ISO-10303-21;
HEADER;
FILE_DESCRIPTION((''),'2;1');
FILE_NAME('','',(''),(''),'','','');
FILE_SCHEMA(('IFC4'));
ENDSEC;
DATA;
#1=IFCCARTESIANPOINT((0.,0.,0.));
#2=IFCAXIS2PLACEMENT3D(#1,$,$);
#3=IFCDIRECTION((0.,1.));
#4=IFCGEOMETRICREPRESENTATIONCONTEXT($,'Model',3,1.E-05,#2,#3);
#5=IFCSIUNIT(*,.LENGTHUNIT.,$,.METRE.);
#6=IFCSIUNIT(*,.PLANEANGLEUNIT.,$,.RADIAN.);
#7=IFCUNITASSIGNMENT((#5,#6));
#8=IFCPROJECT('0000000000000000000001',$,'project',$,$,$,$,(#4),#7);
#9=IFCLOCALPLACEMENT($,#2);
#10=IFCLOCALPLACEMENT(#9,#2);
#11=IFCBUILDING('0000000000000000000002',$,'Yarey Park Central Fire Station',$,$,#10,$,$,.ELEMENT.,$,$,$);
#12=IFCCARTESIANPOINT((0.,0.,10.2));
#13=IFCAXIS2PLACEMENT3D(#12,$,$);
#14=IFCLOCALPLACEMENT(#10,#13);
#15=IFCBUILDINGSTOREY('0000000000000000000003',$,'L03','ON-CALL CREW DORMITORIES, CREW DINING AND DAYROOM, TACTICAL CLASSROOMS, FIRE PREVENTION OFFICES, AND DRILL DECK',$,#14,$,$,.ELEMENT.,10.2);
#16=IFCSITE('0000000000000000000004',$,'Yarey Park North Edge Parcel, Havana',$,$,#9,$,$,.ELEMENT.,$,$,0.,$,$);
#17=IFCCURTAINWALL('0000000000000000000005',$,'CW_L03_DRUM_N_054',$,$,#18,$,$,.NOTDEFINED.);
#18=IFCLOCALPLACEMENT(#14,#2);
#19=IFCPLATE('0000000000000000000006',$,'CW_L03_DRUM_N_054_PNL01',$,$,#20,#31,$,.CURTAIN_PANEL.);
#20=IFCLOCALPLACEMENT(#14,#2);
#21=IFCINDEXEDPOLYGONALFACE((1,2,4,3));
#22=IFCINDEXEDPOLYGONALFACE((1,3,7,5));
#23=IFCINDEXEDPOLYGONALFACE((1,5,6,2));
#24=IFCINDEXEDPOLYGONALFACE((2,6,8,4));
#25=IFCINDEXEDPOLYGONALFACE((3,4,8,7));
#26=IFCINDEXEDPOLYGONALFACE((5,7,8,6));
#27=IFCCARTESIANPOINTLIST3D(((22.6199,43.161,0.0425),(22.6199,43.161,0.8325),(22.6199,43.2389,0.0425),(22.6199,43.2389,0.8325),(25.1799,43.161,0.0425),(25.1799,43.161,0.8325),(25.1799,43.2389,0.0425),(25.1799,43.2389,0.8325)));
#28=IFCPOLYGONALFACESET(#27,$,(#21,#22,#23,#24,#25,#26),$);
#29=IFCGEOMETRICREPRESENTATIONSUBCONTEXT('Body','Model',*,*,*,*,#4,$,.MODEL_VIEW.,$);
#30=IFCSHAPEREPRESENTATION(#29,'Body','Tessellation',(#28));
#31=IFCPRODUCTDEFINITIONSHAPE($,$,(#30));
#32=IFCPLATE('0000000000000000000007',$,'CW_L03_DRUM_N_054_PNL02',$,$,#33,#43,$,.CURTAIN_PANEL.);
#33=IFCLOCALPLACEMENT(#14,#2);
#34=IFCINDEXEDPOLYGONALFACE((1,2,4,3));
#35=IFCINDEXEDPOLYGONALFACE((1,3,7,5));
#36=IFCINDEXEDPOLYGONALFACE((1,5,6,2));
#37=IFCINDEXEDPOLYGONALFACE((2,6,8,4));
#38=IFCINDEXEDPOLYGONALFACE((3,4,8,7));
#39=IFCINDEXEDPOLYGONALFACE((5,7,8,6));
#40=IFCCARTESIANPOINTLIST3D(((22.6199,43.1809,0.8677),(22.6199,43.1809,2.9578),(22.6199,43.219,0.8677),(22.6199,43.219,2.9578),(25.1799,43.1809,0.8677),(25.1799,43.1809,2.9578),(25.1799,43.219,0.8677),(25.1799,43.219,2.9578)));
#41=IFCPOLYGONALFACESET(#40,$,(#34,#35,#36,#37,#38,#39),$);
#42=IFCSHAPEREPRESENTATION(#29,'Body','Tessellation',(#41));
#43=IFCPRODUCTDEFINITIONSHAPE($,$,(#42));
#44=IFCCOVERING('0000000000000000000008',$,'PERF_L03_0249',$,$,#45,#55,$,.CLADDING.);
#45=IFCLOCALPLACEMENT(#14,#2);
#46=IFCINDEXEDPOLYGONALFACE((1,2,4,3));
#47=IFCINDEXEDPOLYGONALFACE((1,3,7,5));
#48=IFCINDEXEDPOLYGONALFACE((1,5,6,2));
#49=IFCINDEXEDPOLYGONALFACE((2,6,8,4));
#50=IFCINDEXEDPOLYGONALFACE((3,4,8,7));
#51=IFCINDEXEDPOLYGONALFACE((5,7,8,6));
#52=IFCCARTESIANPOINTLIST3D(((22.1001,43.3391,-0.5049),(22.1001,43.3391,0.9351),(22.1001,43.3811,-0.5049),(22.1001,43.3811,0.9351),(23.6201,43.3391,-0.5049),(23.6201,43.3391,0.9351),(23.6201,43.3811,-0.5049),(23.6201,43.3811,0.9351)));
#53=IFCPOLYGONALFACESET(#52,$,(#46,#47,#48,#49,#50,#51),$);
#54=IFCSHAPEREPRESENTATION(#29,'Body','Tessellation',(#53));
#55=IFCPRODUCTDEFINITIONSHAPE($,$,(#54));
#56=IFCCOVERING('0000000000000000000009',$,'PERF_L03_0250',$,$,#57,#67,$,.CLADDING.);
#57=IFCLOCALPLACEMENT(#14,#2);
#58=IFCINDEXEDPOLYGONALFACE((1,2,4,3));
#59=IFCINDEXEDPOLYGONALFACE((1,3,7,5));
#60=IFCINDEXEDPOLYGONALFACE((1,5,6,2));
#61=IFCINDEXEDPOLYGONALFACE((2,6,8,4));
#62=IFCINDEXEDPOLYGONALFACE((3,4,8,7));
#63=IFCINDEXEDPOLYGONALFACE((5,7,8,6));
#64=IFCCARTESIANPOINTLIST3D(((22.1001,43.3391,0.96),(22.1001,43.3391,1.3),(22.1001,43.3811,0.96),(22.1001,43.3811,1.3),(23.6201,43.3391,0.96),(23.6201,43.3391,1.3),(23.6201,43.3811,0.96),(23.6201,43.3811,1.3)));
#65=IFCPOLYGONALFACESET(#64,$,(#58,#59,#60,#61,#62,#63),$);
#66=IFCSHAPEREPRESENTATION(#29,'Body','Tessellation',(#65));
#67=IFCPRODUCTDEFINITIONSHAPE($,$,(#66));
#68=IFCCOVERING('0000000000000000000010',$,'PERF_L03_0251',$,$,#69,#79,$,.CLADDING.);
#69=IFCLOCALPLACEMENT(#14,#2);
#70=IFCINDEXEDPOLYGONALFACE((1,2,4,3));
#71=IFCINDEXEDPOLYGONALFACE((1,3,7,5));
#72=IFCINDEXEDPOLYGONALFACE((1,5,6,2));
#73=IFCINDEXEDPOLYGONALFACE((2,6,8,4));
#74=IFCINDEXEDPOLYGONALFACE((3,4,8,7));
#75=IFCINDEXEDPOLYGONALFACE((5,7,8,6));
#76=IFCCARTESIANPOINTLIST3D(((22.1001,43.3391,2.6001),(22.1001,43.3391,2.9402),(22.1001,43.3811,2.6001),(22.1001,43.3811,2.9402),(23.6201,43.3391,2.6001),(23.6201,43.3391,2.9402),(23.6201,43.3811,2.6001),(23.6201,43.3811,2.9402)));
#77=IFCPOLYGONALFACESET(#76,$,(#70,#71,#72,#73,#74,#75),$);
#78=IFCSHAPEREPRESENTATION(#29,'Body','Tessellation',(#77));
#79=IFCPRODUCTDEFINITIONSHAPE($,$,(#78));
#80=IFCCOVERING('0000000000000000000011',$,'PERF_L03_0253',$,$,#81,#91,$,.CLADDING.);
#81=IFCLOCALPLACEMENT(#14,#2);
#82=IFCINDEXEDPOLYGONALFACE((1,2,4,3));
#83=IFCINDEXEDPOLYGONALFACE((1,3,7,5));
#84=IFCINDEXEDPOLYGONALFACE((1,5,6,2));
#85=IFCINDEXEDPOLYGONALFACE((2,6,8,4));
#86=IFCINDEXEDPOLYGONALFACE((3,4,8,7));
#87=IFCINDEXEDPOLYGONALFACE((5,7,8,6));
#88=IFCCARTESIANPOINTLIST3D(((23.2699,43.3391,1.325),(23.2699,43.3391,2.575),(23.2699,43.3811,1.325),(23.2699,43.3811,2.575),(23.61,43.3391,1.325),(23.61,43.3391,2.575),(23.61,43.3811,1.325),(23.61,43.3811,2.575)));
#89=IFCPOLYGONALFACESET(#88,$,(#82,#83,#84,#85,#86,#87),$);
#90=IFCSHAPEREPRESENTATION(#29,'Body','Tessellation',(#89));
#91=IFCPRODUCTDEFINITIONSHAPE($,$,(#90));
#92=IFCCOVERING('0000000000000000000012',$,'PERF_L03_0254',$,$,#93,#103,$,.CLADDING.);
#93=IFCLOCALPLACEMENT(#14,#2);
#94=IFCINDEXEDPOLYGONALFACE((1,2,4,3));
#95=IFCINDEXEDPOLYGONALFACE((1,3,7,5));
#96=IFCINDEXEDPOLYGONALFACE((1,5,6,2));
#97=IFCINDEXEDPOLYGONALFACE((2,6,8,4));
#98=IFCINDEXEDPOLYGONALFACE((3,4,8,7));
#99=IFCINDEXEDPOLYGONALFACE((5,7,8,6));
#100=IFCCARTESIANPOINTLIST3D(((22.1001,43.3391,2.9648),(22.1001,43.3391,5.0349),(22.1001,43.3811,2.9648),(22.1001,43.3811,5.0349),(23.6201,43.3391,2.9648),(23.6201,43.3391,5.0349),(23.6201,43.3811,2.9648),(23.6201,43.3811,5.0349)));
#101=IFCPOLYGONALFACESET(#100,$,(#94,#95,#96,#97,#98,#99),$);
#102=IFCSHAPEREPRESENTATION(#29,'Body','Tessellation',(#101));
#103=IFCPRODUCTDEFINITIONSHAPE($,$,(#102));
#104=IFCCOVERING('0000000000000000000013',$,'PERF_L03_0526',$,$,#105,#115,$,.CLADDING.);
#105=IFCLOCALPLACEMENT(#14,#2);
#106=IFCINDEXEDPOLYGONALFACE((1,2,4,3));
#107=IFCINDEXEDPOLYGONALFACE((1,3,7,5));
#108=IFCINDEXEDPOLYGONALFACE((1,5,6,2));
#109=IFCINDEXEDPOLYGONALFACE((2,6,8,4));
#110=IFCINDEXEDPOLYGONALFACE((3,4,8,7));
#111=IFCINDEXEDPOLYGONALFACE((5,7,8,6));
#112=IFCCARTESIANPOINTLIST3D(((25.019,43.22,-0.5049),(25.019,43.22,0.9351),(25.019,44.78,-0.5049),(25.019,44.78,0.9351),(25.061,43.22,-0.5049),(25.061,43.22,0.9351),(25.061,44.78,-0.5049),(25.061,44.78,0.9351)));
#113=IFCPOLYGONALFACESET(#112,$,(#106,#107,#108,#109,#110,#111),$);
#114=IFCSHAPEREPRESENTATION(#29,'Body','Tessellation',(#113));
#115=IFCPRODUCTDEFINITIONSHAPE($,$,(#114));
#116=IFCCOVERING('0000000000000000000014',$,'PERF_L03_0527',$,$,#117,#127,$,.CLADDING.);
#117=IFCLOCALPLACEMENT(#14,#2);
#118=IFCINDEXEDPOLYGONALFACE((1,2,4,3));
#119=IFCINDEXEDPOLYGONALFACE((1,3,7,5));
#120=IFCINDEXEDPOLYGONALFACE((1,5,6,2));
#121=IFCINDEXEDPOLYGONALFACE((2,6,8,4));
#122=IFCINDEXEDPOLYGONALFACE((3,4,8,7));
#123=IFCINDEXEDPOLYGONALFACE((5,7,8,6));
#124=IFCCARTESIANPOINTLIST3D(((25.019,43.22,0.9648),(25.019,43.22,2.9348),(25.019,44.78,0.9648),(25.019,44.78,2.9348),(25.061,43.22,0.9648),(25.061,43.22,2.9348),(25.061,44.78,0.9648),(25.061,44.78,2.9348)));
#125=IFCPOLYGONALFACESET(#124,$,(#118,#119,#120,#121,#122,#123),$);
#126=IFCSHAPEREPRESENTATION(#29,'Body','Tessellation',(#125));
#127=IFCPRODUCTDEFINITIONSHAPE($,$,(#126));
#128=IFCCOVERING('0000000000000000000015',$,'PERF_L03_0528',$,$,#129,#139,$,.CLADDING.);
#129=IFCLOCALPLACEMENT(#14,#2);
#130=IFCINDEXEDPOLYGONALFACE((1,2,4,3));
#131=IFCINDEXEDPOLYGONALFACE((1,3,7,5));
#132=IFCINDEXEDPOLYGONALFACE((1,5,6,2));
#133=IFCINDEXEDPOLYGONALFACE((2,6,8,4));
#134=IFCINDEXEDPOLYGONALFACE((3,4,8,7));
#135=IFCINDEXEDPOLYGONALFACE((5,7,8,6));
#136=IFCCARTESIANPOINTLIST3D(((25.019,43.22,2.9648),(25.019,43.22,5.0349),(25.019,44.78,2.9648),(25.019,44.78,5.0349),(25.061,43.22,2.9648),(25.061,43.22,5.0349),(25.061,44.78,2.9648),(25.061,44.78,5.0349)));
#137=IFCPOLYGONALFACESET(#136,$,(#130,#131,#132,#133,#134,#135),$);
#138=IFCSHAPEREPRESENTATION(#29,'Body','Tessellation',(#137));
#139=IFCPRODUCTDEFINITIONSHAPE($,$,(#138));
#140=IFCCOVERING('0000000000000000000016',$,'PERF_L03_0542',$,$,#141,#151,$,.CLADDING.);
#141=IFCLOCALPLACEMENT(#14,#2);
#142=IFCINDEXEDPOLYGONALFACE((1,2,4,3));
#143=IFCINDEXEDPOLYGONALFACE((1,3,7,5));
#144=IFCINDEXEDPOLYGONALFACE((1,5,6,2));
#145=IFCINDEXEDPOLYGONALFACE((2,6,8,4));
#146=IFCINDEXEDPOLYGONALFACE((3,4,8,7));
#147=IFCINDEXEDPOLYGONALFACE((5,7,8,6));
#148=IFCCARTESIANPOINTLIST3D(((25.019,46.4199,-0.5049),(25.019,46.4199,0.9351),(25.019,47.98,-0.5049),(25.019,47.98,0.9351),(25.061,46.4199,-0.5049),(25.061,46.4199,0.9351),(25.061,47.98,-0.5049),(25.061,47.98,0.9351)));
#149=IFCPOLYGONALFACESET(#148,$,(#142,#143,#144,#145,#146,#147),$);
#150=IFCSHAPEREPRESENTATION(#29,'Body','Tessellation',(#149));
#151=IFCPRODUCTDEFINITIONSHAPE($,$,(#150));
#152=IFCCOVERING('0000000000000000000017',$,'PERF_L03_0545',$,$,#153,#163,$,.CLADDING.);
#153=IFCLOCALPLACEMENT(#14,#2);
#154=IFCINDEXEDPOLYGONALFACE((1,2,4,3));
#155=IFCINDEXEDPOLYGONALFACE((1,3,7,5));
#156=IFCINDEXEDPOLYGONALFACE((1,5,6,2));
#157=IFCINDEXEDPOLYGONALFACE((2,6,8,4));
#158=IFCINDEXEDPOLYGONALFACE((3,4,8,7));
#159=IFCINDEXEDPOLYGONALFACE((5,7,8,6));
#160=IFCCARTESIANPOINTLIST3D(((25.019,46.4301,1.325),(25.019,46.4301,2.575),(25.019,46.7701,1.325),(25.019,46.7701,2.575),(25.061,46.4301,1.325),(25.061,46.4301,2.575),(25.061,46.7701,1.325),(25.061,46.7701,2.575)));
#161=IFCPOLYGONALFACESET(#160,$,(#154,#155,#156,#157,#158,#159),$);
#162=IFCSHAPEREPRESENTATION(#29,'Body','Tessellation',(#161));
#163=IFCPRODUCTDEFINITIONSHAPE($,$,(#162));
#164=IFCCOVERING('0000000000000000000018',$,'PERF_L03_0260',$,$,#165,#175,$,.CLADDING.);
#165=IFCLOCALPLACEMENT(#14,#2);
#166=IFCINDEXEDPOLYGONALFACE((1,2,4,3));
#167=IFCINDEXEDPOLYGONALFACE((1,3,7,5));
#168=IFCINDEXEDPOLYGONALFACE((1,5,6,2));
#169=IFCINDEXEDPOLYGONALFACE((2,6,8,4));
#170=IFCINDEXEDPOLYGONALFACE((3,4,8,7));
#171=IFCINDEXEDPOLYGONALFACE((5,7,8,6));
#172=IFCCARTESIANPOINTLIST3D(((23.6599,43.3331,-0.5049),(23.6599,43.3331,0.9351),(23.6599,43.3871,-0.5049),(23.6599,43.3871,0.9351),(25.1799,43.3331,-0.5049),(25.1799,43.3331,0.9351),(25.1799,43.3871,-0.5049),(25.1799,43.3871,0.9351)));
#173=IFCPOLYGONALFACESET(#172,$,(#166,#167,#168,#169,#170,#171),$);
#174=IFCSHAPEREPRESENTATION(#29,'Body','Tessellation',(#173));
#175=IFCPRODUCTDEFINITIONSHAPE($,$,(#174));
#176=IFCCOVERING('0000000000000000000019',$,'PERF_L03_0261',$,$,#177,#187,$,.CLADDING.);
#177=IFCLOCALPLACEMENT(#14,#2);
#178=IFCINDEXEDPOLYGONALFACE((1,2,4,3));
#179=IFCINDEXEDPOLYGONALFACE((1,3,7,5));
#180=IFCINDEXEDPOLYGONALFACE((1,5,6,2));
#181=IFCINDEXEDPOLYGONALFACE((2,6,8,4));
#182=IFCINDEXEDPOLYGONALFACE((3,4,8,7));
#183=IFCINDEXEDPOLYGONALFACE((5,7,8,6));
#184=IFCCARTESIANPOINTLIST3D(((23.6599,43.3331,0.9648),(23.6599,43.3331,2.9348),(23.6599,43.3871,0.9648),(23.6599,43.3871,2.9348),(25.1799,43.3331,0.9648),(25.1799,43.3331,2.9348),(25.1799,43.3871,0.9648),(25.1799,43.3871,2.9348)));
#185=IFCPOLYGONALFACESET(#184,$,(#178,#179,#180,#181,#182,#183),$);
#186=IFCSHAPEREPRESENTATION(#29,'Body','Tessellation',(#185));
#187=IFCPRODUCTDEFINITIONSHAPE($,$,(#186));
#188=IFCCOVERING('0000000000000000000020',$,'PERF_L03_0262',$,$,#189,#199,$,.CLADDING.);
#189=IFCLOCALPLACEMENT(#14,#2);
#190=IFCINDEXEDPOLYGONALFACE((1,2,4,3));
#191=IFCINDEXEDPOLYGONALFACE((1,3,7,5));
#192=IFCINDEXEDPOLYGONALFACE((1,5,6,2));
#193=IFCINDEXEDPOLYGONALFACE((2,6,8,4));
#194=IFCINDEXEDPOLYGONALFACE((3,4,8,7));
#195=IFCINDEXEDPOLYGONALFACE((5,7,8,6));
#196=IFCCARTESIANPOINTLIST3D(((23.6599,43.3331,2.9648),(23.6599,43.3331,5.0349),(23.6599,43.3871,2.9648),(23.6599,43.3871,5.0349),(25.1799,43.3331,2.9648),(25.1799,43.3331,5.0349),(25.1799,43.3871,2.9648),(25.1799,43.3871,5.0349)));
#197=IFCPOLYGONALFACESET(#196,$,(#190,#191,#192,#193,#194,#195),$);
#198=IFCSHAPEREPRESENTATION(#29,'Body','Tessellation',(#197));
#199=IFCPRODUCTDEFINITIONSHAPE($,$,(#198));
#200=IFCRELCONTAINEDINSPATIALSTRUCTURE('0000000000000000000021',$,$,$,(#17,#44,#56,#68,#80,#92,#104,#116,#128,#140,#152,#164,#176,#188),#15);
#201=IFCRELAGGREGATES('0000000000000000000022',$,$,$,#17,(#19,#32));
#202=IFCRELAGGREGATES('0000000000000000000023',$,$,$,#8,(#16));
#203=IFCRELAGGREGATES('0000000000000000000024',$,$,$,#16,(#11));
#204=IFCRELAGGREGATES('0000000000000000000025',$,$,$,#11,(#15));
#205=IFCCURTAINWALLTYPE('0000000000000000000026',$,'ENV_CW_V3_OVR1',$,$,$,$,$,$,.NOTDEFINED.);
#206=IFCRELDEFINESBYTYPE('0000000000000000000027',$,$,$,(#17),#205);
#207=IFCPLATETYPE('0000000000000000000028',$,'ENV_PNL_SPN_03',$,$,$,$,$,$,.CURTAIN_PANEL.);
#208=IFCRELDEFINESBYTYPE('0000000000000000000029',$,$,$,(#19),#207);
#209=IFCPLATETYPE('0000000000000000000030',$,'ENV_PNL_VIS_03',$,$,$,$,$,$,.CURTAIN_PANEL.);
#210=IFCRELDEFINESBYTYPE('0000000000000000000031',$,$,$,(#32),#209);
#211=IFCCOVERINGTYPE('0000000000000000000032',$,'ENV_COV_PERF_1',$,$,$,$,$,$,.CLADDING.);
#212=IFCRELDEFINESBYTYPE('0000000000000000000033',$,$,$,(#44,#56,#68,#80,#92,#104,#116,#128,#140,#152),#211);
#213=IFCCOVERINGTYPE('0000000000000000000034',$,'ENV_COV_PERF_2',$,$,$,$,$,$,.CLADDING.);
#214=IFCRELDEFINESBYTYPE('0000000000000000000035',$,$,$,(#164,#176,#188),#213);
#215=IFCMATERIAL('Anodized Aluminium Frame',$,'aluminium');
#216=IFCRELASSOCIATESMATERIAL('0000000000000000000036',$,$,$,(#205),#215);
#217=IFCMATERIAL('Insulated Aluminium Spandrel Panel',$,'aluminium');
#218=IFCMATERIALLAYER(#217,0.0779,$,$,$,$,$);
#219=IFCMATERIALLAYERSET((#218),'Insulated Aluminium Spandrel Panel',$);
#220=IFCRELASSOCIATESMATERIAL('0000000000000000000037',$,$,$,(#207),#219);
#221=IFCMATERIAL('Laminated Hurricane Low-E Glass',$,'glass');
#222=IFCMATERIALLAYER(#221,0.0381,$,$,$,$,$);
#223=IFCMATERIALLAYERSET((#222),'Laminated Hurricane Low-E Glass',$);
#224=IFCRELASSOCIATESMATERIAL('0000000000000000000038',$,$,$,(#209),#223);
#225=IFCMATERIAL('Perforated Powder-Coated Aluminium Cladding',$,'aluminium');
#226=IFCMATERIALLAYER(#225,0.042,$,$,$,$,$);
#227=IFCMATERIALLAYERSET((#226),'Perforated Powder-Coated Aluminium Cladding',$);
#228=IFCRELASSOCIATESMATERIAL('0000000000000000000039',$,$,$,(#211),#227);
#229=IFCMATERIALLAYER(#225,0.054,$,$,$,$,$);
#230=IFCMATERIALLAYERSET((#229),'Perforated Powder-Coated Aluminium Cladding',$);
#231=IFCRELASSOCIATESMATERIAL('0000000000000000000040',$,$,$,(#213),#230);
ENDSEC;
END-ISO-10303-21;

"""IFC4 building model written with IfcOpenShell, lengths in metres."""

from ifc_helpers import new_model, si_unit, direction, frame, origin, origin_2d, place, context, subcontext, project, spatial, rectangle, extrude, material, layer, layer_set, type_object, element, aggregate, save


model = new_model("IFC4")

# Units and contexts
model_context = context("Model", 3, precision=1e-05, world=origin(), true_north=direction((0.0, 1.0)))
body_context = subcontext(model_context, "Body", "Model", "MODEL_VIEW")
ifc_project = project(units=[si_unit("LENGTHUNIT", "METRE"), si_unit("PLANEANGLEUNIT", "RADIAN")], contexts=[model_context])

# Site, building, storey
site_placement = place(None, origin())
site = spatial("IfcSite", under=ifc_project, at=site_placement, Name="Yarey Park North Edge Parcel, Havana", CompositionType="ELEMENT", RefElevation=0.0)
building_placement = place(site_placement, origin())
building = spatial("IfcBuilding", under=site, at=building_placement, Name="Yarey Park Central Fire Station", CompositionType="ELEMENT")
storey_placement = place(building_placement, frame((0.0, 0.0, 10.2)))
storey = spatial("IfcBuildingStorey", under=building, at=storey_placement, Name="L03", Description="ON-CALL CREW DORMITORIES, CREW DINING AND DAYROOM, TACTICAL CLASSROOMS, FIRE PREVENTION OFFICES, AND DRILL DECK", CompositionType="ELEMENT", Elevation=10.2)

# Curtain wall, plates
ifc_material_1 = material(Name="Anodized Aluminium Frame", Category="aluminium")
curtain_wall_type = type_object("IfcCurtainWallType", Name="ENV_CW_V3_OVR1", PredefinedType="NOTDEFINED", material=ifc_material_1)
curtain_wall_placement = place(storey_placement, origin())
curtain_wall = element("IfcCurtainWall", 1, at=curtain_wall_placement, inside=storey, type_object=curtain_wall_type, Name="CW_L03_DRUM_N_054", PredefinedType="NOTDEFINED")
ifc_material_2 = material(Name="Insulated Aluminium Spandrel Panel", Category="aluminium")
ifc_layer_1 = layer(ifc_material_2, 0.0779)
ifc_layer_set_1 = layer_set([ifc_layer_1], Name="Insulated Aluminium Spandrel Panel")
plate_type_1 = type_object("IfcPlateType", Name="ENV_PNL_SPN_03", PredefinedType="CURTAIN_PANEL", material=ifc_layer_set_1)
plate_1_placement = place(storey_placement, frame((23.8999, 43.2, 0.0425), z_axis=(0.0, 0.0, 1.0), x_axis=(-1.0, 0.0, 0.0)))
plate_1 = element("IfcPlate", 2, at=plate_1_placement, type_object=plate_type_1, Name="CW_L03_DRUM_N_054_PNL01", PredefinedType="CURTAIN_PANEL", context=body_context, shape_type="SweptSolid", body=[
    extrude(rectangle(XDim=2.5601, YDim=0.0779, at=origin_2d()), origin(), (0.0, 0.0, 1.0), 0.79),
])
ifc_material_3 = material(Name="Laminated Hurricane Low-E Glass", Category="glass")
ifc_layer_2 = layer(ifc_material_3, 0.0381)
ifc_layer_set_2 = layer_set([ifc_layer_2], Name="Laminated Hurricane Low-E Glass")
plate_type_2 = type_object("IfcPlateType", Name="ENV_PNL_VIS_03", PredefinedType="CURTAIN_PANEL", material=ifc_layer_set_2)
plate_2_placement = place(storey_placement, frame((23.8999, 43.2, 0.8677), z_axis=(0.0, 0.0, 1.0), x_axis=(-1.0, 0.0, 0.0)))
plate_2 = element("IfcPlate", 3, at=plate_2_placement, type_object=plate_type_2, Name="CW_L03_DRUM_N_054_PNL02", PredefinedType="CURTAIN_PANEL", context=body_context, shape_type="SweptSolid", body=[
    extrude(rectangle(XDim=2.5601, YDim=0.0381, at=origin_2d()), origin(), (0.0, 0.0, 1.0), 2.0901),
])
aggregate(curtain_wall, [plate_1, plate_2])

# Coverings
ifc_material_4 = material(Name="Perforated Powder-Coated Aluminium Cladding", Category="aluminium")
ifc_layer_3 = layer(ifc_material_4, 0.042)
ifc_layer_set_3 = layer_set([ifc_layer_3], Name="Perforated Powder-Coated Aluminium Cladding")
covering_type_1 = type_object("IfcCoveringType", Name="ENV_COV_PERF_1", PredefinedType="CLADDING", material=ifc_layer_set_3)
covering_1_placement = place(storey_placement, frame((22.8601, 43.3601, -0.5049), z_axis=(0.0, 0.0, 1.0), x_axis=(1.0, 0.0, 0.0)))
element("IfcCovering", 4, at=covering_1_placement, inside=storey, type_object=covering_type_1, Name="PERF_L03_0249", PredefinedType="CLADDING", context=body_context, shape_type="SweptSolid", body=[
    extrude(rectangle(XDim=1.52, YDim=0.042, at=origin_2d()), origin(), (0.0, 0.0, 1.0), 1.4399),
])
for number, where, z_axis, x_axis, name in (
    (5, (22.8601, 43.3601, 0.96), (0.0, 0.0, 1.0), (1.0, 0.0, 0.0), "PERF_L03_0250"),
    (6, (22.8601, 43.3601, 2.6001), (0.0, 0.0, 1.0), (1.0, 0.0, 0.0), "PERF_L03_0251"),
):
    element("IfcCovering", number, at=place(storey_placement, frame(where, z_axis=z_axis, x_axis=x_axis)), inside=storey, type_object=covering_type_1, Name=name, PredefinedType="CLADDING", context=body_context, shape_type="SweptSolid", body=[
        extrude(rectangle(XDim=1.52, YDim=0.042, at=origin_2d()), origin(), (0.0, 0.0, 1.0), 0.3401),
    ])
covering_2_placement = place(storey_placement, frame((23.4399, 43.3601, 1.325), z_axis=(0.0, 0.0, 1.0), x_axis=(1.0, 0.0, 0.0)))
element("IfcCovering", 7, at=covering_2_placement, inside=storey, type_object=covering_type_1, Name="PERF_L03_0253", PredefinedType="CLADDING", context=body_context, shape_type="SweptSolid", body=[
    extrude(rectangle(XDim=0.3401, YDim=0.042, at=origin_2d()), origin(), (0.0, 0.0, 1.0), 1.25),
])
covering_3_placement = place(storey_placement, frame((22.8601, 43.3601, 2.9648), z_axis=(0.0, 0.0, 1.0), x_axis=(1.0, 0.0, 0.0)))
element("IfcCovering", 8, at=covering_3_placement, inside=storey, type_object=covering_type_1, Name="PERF_L03_0254", PredefinedType="CLADDING", context=body_context, shape_type="SweptSolid", body=[
    extrude(rectangle(XDim=1.52, YDim=0.042, at=origin_2d()), origin(), (0.0, 0.0, 1.0), 2.0701),
])
covering_4_placement = place(storey_placement, frame((25.04, 44.0, -0.5049), z_axis=(0.0, 0.0, 1.0), x_axis=(0.0, 1.0, 0.0)))
element("IfcCovering", 9, at=covering_4_placement, inside=storey, type_object=covering_type_1, Name="PERF_L03_0526", PredefinedType="CLADDING", context=body_context, shape_type="SweptSolid", body=[
    extrude(rectangle(XDim=1.5601, YDim=0.042, at=origin_2d()), origin(), (0.0, 0.0, 1.0), 1.4399),
])
covering_5_placement = place(storey_placement, frame((25.04, 44.0, 0.9648), z_axis=(0.0, 0.0, 1.0), x_axis=(0.0, 1.0, 0.0)))
element("IfcCovering", 10, at=covering_5_placement, inside=storey, type_object=covering_type_1, Name="PERF_L03_0527", PredefinedType="CLADDING", context=body_context, shape_type="SweptSolid", body=[
    extrude(rectangle(XDim=1.5601, YDim=0.042, at=origin_2d()), origin(), (0.0, 0.0, 1.0), 1.97),
])
covering_6_placement = place(storey_placement, frame((25.04, 44.0, 2.9648), z_axis=(0.0, 0.0, 1.0), x_axis=(0.0, 1.0, 0.0)))
element("IfcCovering", 11, at=covering_6_placement, inside=storey, type_object=covering_type_1, Name="PERF_L03_0528", PredefinedType="CLADDING", context=body_context, shape_type="SweptSolid", body=[
    extrude(rectangle(XDim=1.5601, YDim=0.042, at=origin_2d()), origin(), (0.0, 0.0, 1.0), 2.0701),
])
covering_7_placement = place(storey_placement, frame((25.04, 47.2, -0.5049), z_axis=(0.0, 0.0, 1.0), x_axis=(0.0, 1.0, 0.0)))
element("IfcCovering", 12, at=covering_7_placement, inside=storey, type_object=covering_type_1, Name="PERF_L03_0542", PredefinedType="CLADDING", context=body_context, shape_type="SweptSolid", body=[
    extrude(rectangle(XDim=1.5601, YDim=0.042, at=origin_2d()), origin(), (0.0, 0.0, 1.0), 1.4399),
])
covering_8_placement = place(storey_placement, frame((25.04, 46.6001, 1.325), z_axis=(0.0, 0.0, 1.0), x_axis=(0.0, 1.0, 0.0)))
element("IfcCovering", 13, at=covering_8_placement, inside=storey, type_object=covering_type_1, Name="PERF_L03_0545", PredefinedType="CLADDING", context=body_context, shape_type="SweptSolid", body=[
    extrude(rectangle(XDim=0.3401, YDim=0.042, at=origin_2d()), origin(), (0.0, 0.0, 1.0), 1.25),
])
ifc_layer_4 = layer(ifc_material_4, 0.054)
ifc_layer_set_4 = layer_set([ifc_layer_4], Name="Perforated Powder-Coated Aluminium Cladding")
covering_type_2 = type_object("IfcCoveringType", Name="ENV_COV_PERF_2", PredefinedType="CLADDING", material=ifc_layer_set_4)
covering_9_placement = place(storey_placement, frame((24.4199, 43.3601, -0.5049), z_axis=(0.0, 0.0, 1.0), x_axis=(1.0, 0.0, 0.0)))
element("IfcCovering", 14, at=covering_9_placement, inside=storey, type_object=covering_type_2, Name="PERF_L03_0260", PredefinedType="CLADDING", context=body_context, shape_type="SweptSolid", body=[
    extrude(rectangle(XDim=1.52, YDim=0.054, at=origin_2d()), origin(), (0.0, 0.0, 1.0), 1.4399),
])
covering_10_placement = place(storey_placement, frame((24.4199, 43.3601, 0.9648), z_axis=(0.0, 0.0, 1.0), x_axis=(1.0, 0.0, 0.0)))
element("IfcCovering", 15, at=covering_10_placement, inside=storey, type_object=covering_type_2, Name="PERF_L03_0261", PredefinedType="CLADDING", context=body_context, shape_type="SweptSolid", body=[
    extrude(rectangle(XDim=1.52, YDim=0.054, at=origin_2d()), origin(), (0.0, 0.0, 1.0), 1.97),
])
covering_11_placement = place(storey_placement, frame((24.4199, 43.3601, 2.9648), z_axis=(0.0, 0.0, 1.0), x_axis=(1.0, 0.0, 0.0)))
element("IfcCovering", 16, at=covering_11_placement, inside=storey, type_object=covering_type_2, Name="PERF_L03_0262", PredefinedType="CLADDING", context=body_context, shape_type="SweptSolid", body=[
    extrude(rectangle(XDim=1.52, YDim=0.054, at=origin_2d()), origin(), (0.0, 0.0, 1.0), 2.0701),
])

save(model, "model.ifc")
